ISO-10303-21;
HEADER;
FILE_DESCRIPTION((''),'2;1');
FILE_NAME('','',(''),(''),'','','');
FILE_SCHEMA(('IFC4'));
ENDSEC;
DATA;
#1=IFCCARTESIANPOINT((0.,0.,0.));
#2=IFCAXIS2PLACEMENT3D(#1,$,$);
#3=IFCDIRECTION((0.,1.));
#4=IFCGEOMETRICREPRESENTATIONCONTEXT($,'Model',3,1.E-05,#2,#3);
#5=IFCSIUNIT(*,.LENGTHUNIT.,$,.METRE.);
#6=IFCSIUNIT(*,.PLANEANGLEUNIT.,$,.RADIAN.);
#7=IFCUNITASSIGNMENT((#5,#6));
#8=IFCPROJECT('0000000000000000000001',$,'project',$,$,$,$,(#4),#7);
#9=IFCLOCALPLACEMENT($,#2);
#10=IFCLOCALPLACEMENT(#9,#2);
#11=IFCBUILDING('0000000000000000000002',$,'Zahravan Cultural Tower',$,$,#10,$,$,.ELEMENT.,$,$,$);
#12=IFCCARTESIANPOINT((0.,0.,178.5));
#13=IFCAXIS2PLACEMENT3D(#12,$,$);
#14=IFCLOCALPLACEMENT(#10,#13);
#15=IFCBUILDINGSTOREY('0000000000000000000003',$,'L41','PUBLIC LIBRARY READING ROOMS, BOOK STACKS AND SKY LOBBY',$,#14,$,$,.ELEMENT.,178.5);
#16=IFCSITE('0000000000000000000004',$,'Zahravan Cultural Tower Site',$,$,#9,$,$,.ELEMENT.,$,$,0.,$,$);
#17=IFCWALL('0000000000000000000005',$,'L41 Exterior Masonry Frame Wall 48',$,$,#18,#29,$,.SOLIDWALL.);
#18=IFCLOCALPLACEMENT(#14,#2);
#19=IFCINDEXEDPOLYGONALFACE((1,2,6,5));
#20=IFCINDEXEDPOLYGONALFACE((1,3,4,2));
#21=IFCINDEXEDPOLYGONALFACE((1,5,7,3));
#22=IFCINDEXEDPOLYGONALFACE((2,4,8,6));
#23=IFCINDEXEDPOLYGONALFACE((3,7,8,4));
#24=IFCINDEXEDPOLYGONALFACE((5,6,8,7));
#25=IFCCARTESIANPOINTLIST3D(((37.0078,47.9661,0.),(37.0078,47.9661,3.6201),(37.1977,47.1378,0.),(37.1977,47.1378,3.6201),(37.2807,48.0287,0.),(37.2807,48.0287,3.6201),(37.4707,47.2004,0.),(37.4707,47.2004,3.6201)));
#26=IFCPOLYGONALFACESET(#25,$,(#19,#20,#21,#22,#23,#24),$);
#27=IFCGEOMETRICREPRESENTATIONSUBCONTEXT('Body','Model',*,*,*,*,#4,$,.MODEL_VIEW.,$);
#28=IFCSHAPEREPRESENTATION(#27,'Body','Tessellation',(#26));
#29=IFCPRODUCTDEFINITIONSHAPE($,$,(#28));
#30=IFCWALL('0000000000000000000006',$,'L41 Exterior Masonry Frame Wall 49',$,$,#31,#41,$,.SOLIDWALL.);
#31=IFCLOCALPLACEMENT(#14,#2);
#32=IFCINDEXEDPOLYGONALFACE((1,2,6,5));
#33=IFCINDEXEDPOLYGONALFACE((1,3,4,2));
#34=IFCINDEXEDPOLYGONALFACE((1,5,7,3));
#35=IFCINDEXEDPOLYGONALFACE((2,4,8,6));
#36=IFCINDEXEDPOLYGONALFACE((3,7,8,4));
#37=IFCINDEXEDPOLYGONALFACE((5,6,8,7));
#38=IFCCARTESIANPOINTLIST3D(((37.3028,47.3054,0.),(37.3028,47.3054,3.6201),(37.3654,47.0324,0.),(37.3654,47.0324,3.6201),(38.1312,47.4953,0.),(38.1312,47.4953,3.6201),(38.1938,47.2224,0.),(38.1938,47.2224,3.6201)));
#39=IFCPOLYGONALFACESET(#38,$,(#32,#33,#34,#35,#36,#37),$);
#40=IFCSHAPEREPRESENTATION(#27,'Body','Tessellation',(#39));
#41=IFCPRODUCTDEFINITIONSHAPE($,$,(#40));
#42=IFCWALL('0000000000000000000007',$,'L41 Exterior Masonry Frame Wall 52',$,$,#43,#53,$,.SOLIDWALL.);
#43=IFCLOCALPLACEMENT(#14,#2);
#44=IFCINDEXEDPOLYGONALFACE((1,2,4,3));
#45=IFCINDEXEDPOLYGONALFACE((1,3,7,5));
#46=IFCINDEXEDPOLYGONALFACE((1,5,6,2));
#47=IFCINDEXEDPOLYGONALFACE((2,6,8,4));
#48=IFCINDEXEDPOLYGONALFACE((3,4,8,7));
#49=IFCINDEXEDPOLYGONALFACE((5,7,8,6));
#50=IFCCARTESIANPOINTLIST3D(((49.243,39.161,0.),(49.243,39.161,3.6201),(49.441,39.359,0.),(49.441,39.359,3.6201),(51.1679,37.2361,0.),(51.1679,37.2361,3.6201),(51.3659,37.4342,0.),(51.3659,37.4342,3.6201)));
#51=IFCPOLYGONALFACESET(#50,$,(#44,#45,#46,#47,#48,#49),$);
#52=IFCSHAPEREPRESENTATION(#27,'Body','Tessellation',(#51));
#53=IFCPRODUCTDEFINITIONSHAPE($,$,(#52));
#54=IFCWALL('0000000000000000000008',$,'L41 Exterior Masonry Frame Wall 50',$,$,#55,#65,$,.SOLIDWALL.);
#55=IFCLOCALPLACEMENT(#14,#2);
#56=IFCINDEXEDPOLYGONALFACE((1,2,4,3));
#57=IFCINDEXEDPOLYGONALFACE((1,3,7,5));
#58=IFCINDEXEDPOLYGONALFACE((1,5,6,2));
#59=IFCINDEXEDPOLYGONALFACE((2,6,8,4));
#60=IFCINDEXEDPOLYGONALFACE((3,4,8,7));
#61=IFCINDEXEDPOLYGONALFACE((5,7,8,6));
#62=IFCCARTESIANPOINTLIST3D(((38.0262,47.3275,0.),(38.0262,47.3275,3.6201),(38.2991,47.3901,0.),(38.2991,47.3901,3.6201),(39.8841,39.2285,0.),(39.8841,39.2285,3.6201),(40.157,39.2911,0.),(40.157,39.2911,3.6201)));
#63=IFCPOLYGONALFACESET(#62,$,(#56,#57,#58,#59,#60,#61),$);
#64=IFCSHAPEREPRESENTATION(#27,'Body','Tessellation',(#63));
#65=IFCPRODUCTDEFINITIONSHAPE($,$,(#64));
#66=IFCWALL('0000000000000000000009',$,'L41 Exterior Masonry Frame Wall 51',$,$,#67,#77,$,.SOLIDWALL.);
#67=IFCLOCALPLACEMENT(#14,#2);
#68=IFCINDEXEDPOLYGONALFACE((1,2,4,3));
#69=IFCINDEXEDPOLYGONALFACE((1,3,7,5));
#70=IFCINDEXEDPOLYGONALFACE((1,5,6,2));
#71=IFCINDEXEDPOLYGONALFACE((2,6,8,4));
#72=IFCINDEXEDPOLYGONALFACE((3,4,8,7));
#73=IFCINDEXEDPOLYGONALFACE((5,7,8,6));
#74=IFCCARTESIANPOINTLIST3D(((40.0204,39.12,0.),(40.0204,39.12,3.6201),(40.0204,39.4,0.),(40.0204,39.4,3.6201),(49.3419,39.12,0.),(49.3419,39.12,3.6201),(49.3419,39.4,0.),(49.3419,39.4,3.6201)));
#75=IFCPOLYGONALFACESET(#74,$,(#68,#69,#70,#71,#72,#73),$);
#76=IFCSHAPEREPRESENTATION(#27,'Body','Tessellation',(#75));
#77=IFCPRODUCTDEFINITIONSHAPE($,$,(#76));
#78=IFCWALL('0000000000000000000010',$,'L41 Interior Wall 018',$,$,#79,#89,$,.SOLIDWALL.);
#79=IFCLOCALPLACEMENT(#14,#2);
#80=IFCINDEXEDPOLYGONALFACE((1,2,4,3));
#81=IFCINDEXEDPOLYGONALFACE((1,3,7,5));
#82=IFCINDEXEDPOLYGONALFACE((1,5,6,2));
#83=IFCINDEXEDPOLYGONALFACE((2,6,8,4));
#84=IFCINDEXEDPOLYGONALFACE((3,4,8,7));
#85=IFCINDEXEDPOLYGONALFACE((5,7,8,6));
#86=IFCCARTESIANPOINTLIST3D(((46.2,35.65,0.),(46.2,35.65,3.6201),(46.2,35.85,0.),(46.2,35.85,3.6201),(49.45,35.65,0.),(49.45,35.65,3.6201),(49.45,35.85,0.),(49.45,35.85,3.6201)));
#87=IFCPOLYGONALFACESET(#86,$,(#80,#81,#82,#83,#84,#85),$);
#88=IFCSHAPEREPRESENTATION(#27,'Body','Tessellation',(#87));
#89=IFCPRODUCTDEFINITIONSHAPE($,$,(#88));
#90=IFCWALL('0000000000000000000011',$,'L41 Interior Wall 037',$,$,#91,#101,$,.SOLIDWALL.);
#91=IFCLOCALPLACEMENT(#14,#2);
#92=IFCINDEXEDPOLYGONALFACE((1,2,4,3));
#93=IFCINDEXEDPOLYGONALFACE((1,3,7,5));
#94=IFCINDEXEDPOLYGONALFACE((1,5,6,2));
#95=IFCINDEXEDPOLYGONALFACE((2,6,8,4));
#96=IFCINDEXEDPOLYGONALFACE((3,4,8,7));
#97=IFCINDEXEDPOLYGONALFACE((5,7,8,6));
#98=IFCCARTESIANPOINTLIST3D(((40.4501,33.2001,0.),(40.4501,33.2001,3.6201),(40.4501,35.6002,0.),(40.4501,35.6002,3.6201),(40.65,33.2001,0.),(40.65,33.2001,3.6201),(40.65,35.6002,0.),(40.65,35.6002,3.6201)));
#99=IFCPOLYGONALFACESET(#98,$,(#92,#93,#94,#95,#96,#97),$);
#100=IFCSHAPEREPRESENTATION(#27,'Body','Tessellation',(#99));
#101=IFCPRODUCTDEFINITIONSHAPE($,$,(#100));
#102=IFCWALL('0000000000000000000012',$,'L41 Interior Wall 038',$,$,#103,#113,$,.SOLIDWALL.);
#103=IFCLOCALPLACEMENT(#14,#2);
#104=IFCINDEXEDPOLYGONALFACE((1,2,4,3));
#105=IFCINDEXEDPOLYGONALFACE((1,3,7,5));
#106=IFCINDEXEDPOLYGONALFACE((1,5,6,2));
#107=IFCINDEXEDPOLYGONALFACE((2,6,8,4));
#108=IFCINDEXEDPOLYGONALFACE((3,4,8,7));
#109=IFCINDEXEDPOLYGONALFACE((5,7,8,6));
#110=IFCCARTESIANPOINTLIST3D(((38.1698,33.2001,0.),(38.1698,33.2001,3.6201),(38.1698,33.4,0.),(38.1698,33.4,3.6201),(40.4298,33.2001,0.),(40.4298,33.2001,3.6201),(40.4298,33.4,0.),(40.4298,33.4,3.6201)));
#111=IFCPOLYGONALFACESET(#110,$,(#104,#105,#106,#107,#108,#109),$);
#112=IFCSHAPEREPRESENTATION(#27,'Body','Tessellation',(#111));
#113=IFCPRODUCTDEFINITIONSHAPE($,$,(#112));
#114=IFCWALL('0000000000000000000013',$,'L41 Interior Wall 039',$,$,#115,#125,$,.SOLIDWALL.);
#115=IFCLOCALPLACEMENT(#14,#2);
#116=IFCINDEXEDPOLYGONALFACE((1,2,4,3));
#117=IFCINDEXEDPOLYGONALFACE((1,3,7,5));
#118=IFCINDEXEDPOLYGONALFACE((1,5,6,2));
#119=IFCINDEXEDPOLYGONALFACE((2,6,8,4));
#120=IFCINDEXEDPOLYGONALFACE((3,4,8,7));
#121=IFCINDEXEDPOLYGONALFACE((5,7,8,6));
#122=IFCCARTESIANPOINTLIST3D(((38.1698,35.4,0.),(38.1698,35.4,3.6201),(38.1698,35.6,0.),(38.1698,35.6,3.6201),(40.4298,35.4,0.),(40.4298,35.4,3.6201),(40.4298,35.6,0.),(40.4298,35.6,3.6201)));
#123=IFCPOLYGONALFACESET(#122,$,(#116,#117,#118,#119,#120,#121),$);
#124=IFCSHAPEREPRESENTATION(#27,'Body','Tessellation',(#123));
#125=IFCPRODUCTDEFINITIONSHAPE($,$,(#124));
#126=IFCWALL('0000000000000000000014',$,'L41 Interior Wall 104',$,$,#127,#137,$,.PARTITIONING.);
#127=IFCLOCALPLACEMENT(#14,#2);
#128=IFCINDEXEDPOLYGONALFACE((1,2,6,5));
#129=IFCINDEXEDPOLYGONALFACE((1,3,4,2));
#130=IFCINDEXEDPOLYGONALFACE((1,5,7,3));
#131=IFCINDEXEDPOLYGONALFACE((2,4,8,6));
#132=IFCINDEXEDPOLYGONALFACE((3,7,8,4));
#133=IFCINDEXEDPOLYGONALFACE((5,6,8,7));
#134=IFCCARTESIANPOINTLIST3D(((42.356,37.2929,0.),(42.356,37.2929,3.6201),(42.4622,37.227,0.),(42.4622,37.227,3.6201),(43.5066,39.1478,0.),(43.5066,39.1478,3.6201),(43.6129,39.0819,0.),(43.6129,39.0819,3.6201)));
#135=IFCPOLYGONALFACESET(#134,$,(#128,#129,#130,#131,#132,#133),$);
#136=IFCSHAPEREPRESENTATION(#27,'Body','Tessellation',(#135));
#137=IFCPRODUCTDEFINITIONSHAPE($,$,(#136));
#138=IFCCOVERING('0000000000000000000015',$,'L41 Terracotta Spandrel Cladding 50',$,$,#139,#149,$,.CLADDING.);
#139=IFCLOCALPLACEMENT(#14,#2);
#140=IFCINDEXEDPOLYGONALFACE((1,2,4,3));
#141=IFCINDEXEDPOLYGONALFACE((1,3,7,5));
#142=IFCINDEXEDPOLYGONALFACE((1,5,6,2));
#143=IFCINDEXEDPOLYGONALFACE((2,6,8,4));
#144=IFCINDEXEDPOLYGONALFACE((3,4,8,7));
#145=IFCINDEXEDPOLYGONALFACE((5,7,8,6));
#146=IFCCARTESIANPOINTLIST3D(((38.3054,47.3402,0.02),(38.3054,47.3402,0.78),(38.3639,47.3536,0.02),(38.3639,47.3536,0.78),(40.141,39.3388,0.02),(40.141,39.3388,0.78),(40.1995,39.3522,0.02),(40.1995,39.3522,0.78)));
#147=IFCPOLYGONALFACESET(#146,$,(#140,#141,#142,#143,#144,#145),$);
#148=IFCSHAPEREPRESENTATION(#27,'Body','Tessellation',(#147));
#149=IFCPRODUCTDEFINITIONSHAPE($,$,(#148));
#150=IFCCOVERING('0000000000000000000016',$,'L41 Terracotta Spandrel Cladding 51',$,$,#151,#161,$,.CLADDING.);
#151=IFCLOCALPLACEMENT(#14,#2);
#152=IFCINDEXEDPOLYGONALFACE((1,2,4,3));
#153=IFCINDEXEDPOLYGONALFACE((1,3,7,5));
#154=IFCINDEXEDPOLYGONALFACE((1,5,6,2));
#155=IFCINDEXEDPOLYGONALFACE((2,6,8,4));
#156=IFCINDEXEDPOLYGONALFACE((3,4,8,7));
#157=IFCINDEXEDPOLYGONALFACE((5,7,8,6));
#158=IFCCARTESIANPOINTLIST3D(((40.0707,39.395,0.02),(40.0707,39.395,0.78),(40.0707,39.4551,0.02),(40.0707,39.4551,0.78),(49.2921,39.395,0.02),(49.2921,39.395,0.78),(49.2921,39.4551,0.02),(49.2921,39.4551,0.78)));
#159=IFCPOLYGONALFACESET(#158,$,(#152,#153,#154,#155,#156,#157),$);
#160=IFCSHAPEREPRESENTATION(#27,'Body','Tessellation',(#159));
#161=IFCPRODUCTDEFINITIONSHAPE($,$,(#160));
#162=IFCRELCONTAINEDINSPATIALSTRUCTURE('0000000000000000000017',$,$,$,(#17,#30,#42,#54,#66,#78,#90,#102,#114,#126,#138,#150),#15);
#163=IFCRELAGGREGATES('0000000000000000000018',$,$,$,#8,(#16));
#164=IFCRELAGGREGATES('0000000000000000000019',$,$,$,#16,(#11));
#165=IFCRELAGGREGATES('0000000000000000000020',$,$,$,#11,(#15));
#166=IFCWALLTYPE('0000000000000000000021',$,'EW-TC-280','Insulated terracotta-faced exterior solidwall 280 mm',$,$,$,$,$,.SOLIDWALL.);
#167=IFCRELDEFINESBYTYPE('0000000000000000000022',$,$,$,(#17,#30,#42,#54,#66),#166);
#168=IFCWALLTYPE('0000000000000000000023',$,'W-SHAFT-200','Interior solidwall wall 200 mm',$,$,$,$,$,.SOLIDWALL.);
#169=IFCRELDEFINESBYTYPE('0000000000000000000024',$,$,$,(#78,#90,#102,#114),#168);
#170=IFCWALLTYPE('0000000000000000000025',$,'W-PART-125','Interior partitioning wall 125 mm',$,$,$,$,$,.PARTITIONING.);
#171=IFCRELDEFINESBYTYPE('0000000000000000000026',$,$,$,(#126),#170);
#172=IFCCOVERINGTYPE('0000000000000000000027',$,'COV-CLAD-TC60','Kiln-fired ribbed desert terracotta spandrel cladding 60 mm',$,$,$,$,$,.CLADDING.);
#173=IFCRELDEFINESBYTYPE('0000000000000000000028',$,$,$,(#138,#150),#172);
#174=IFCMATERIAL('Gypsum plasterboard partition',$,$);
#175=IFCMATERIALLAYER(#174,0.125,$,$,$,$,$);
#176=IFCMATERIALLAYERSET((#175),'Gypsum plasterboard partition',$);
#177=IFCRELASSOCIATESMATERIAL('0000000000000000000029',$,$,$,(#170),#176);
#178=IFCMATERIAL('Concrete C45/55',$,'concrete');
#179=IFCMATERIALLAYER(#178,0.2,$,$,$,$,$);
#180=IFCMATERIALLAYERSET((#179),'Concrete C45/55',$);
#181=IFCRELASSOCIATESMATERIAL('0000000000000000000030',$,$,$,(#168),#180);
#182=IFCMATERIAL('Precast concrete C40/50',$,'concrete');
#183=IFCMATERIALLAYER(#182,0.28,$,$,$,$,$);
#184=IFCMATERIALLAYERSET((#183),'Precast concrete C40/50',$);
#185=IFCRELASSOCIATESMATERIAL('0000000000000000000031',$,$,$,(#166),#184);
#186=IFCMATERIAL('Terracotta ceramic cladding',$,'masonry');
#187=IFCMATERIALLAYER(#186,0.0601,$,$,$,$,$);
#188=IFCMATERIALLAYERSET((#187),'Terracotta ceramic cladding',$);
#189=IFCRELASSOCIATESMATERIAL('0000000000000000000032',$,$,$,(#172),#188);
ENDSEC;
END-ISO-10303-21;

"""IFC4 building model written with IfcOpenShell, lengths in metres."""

from ifc_helpers import new_model, si_unit, direction, frame, frame_2d, origin, origin_2d, place, context, subcontext, project, spatial, rectangle, extrude, source, transform, mapped, material, layer, layer_set, type_object, element, save


model = new_model("IFC4")

# Units and contexts
model_context = context("Model", 3, precision=1e-05, world=origin(), true_north=direction((0.0, 1.0)))
body_context = subcontext(model_context, "Body", "Model", "MODEL_VIEW")
ifc_project = project(units=[si_unit("LENGTHUNIT", "METRE"), si_unit("PLANEANGLEUNIT", "RADIAN")], contexts=[model_context])

# Site, building, storey
site_placement = place(None, origin())
site = spatial("IfcSite", under=ifc_project, at=site_placement, Name="Zahravan Cultural Tower Site", CompositionType="ELEMENT", RefElevation=0.0)
building_placement = place(site_placement, origin())
building = spatial("IfcBuilding", under=site, at=building_placement, Name="Zahravan Cultural Tower", CompositionType="ELEMENT")
storey_placement = place(building_placement, frame((0.0, 0.0, 178.5)))
storey = spatial("IfcBuildingStorey", under=building, at=storey_placement, Name="L41", Description="PUBLIC LIBRARY READING ROOMS, BOOK STACKS AND SKY LOBBY", CompositionType="ELEMENT", Elevation=178.5)

# Shared definitions
ifc_material_1 = material(Name="Gypsum plasterboard partition")
ifc_layer_1 = layer(ifc_material_1, 0.125)
ifc_layer_set_1 = layer_set([ifc_layer_1], Name="Gypsum plasterboard partition")
wall_type_1 = type_object("IfcWallType", Name="W-PART-125", Description="Interior partitioning wall 125 mm", PredefinedType="PARTITIONING", material=ifc_layer_set_1)
ifc_material_2 = material(Name="Concrete C45/55", Category="concrete")
ifc_layer_2 = layer(ifc_material_2, 0.2)
ifc_layer_set_2 = layer_set([ifc_layer_2], Name="Concrete C45/55")
wall_type_2 = type_object("IfcWallType", Name="W-SHAFT-200", Description="Interior solidwall wall 200 mm", PredefinedType="SOLIDWALL", material=ifc_layer_set_2)

# Walls
ifc_material_3 = material(Name="Precast concrete C40/50", Category="concrete")
ifc_layer_3 = layer(ifc_material_3, 0.28)
ifc_layer_set_3 = layer_set([ifc_layer_3], Name="Precast concrete C40/50")
wall_type_3 = type_object("IfcWallType", Name="EW-TC-280", Description="Insulated terracotta-faced exterior solidwall 280 mm", PredefinedType="SOLIDWALL", material=ifc_layer_set_3)
shared_shape_1 = source(origin(), body_context, "Body", "SweptSolid", [
    extrude(rectangle(XDim=0.8499, YDim=0.28, at=frame_2d((0.4248, 0.0))), origin(), (0.0, 0.0, 1.0), 3.6201),
])
for number, where, z_axis, x_axis, name in (
    (1, (37.1443, 47.9973, 0.0), (0.0, 0.0, 1.0), (0.223496, -0.974705, 0.0), "L41 Exterior Masonry Frame Wall 48"),
    (2, (37.3342, 47.1689, 0.0), (0.0, 0.0, 1.0), (0.974705, 0.223496, 0.0), "L41 Exterior Masonry Frame Wall 49"),
):
    element("IfcWall", number, at=place(storey_placement, frame(where, z_axis=z_axis, x_axis=x_axis)), inside=storey, type_object=wall_type_3, Name=name, PredefinedType="SOLIDWALL", context=body_context, shape_type="MappedRepresentation", body=[
        mapped(shared_shape_1, transform((0.0, 0.0, 0.0), x_axis=(1.0, 0.0, 0.0), y_axis=(0.0, 1.0, 0.0), z_axis=(0.0, 0.0, 1.0), scale=1.0)),
    ])
shared_shape_2 = source(origin(), body_context, "Body", "SweptSolid", [
    extrude(rectangle(XDim=2.7222, YDim=0.28, at=frame_2d((1.3611, 0.0))), origin(), (0.0, 0.0, 1.0), 3.6201),
])
wall_1_placement = place(storey_placement, frame((49.342, 39.26, 0.0), z_axis=(0.0, 0.0, 1.0), x_axis=(0.707107, -0.707107, 0.0)))
element("IfcWall", 3, at=wall_1_placement, inside=storey, type_object=wall_type_3, Name="L41 Exterior Masonry Frame Wall 52", PredefinedType="SOLIDWALL", context=body_context, shape_type="MappedRepresentation", body=[
    mapped(shared_shape_2, transform((0.0, 0.0, 0.0), x_axis=(1.0, 0.0, 0.0), y_axis=(0.0, 1.0, 0.0), z_axis=(0.0, 0.0, 1.0), scale=1.0)),
])
shared_shape_3 = source(origin(), body_context, "Body", "SweptSolid", [
    extrude(rectangle(XDim=8.3093, YDim=0.28, at=frame_2d((4.1548, 0.0))), origin(), (0.0, 0.0, 1.0), 3.6201),
])
wall_2_placement = place(storey_placement, frame((38.1626, 47.3589, 0.0), z_axis=(0.0, 0.0, 1.0), x_axis=(0.223595, -0.974682, 0.0)))
element("IfcWall", 4, at=wall_2_placement, inside=storey, type_object=wall_type_3, Name="L41 Exterior Masonry Frame Wall 50", PredefinedType="SOLIDWALL", context=body_context, shape_type="MappedRepresentation", body=[
    mapped(shared_shape_3, transform((0.0, 0.0, 0.0), x_axis=(1.0, 0.0, 0.0), y_axis=(0.0, 1.0, 0.0), z_axis=(0.0, 0.0, 1.0), scale=1.0)),
])
shared_shape_4 = source(origin(), body_context, "Body", "SweptSolid", [
    extrude(rectangle(XDim=9.3215, YDim=0.28, at=frame_2d((4.6606, 0.0))), origin(), (0.0, 0.0, 1.0), 3.6201),
])
wall_3_placement = place(storey_placement, frame((40.0205, 39.26, 0.0), z_axis=(0.0, 0.0, 1.0), x_axis=(1.0, 0.0, 0.0)))
element("IfcWall", 5, at=wall_3_placement, inside=storey, type_object=wall_type_3, Name="L41 Exterior Masonry Frame Wall 51", PredefinedType="SOLIDWALL", context=body_context, shape_type="MappedRepresentation", body=[
    mapped(shared_shape_4, transform((0.0, 0.0, 0.0), x_axis=(1.0, 0.0, 0.0), y_axis=(0.0, 1.0, 0.0), z_axis=(0.0, 0.0, 1.0), scale=1.0)),
])
shared_shape_5 = source(origin(), body_context, "Body", "SweptSolid", [
    extrude(rectangle(XDim=3.25, YDim=0.2, at=frame_2d((1.625, 0.0))), origin(), (0.0, 0.0, 1.0), 3.6201),
])
wall_4_placement = place(storey_placement, frame((46.2, 35.75, 0.0), z_axis=(0.0, 0.0, 1.0), x_axis=(1.0, 0.0, 0.0)))
element("IfcWall", 6, at=wall_4_placement, inside=storey, type_object=wall_type_2, Name="L41 Interior Wall 018", PredefinedType="SOLIDWALL", context=body_context, shape_type="MappedRepresentation", body=[
    mapped(shared_shape_5, transform((0.0, 0.0, 0.0), x_axis=(1.0, 0.0, 0.0), y_axis=(0.0, 1.0, 0.0), z_axis=(0.0, 0.0, 1.0), scale=1.0)),
])
shared_shape_6 = source(origin(), body_context, "Body", "SweptSolid", [
    extrude(rectangle(XDim=2.4001, YDim=0.2, at=frame_2d((1.2002, 0.0))), origin(), (0.0, 0.0, 1.0), 3.6201),
])
wall_5_placement = place(storey_placement, frame((40.55, 33.2, 0.0), z_axis=(0.0, 0.0, 1.0), x_axis=(0.0, 1.0, 0.0)))
element("IfcWall", 7, at=wall_5_placement, inside=storey, type_object=wall_type_2, Name="L41 Interior Wall 037", PredefinedType="SOLIDWALL", context=body_context, shape_type="MappedRepresentation", body=[
    mapped(shared_shape_6, transform((0.0, 0.0, 0.0), x_axis=(1.0, 0.0, 0.0), y_axis=(0.0, 1.0, 0.0), z_axis=(0.0, 0.0, 1.0), scale=1.0)),
])
shared_shape_7 = source(origin(), body_context, "Body", "SweptSolid", [
    extrude(rectangle(XDim=2.26, YDim=0.2, at=frame_2d((1.1299, 0.0))), origin(), (0.0, 0.0, 1.0), 3.6201),
])
for number, where, z_axis, x_axis, name in (
    (8, (38.1699, 33.3, 0.0), (0.0, 0.0, 1.0), (1.0, 0.0, 0.0), "L41 Interior Wall 038"),
    (9, (38.1699, 35.5, 0.0), (0.0, 0.0, 1.0), (1.0, 0.0, 0.0), "L41 Interior Wall 039"),
):
    element("IfcWall", number, at=place(storey_placement, frame(where, z_axis=z_axis, x_axis=x_axis)), inside=storey, type_object=wall_type_2, Name=name, PredefinedType="SOLIDWALL", context=body_context, shape_type="MappedRepresentation", body=[
        mapped(shared_shape_7, transform((0.0, 0.0, 0.0), x_axis=(1.0, 0.0, 0.0), y_axis=(0.0, 1.0, 0.0), z_axis=(0.0, 0.0, 1.0), scale=1.0)),
    ])
shared_shape_8 = source(origin(), body_context, "Body", "SweptSolid", [
    extrude(rectangle(XDim=2.1829, YDim=0.125, at=frame_2d((1.0913, 0.0))), origin(), (0.0, 0.0, 1.0), 3.6201),
])
wall_6_placement = place(storey_placement, frame((42.4092, 37.26, 0.0), z_axis=(0.0, 0.0, 1.0), x_axis=(0.527121, 0.84979, 0.0)))
element("IfcWall", 10, at=wall_6_placement, inside=storey, type_object=wall_type_1, Name="L41 Interior Wall 104", PredefinedType="PARTITIONING", context=body_context, shape_type="MappedRepresentation", body=[
    mapped(shared_shape_8, transform((0.0, 0.0, 0.0), x_axis=(1.0, 0.0, 0.0), y_axis=(0.0, 1.0, 0.0), z_axis=(0.0, 0.0, 1.0), scale=1.0)),
])

# Coverings
ifc_material_4 = material(Name="Terracotta ceramic cladding", Category="masonry")
ifc_layer_4 = layer(ifc_material_4, 0.0601)
ifc_layer_set_4 = layer_set([ifc_layer_4], Name="Terracotta ceramic cladding")
covering_type = type_object("IfcCoveringType", Name="COV-CLAD-TC60", Description="Kiln-fired ribbed desert terracotta spandrel cladding 60 mm", PredefinedType="CLADDING", material=ifc_layer_set_4)
shared_shape_9 = source(origin(), body_context, "Body", "SweptSolid", [
    extrude(rectangle(XDim=8.2092, YDim=0.0601, at=origin_2d()), origin(), (0.0, 0.0, 1.0), 0.76),
])
covering_1_placement = place(storey_placement, frame((39.2524, 43.3462, 0.02), z_axis=(0.0, 0.0, 1.0), x_axis=(0.223607, -0.974679, 0.0)))
element("IfcCovering", 11, at=covering_1_placement, inside=storey, type_object=covering_type, Name="L41 Terracotta Spandrel Cladding 50", PredefinedType="CLADDING", context=body_context, shape_type="MappedRepresentation", body=[
    mapped(shared_shape_9, transform((0.0, 0.0, 0.0), x_axis=(1.0, 0.0, 0.0), y_axis=(0.0, 1.0, 0.0), z_axis=(0.0, 0.0, 1.0), scale=1.0)),
])
shared_shape_10 = source(origin(), body_context, "Body", "SweptSolid", [
    extrude(rectangle(XDim=9.2214, YDim=0.0601, at=origin_2d()), origin(), (0.0, 0.0, 1.0), 0.76),
])
covering_2_placement = place(storey_placement, frame((44.6814, 39.425, 0.02), z_axis=(0.0, 0.0, 1.0), x_axis=(1.0, 0.0, 0.0)))
element("IfcCovering", 12, at=covering_2_placement, inside=storey, type_object=covering_type, Name="L41 Terracotta Spandrel Cladding 51", PredefinedType="CLADDING", context=body_context, shape_type="MappedRepresentation", body=[
    mapped(shared_shape_10, transform((0.0, 0.0, 0.0), x_axis=(1.0, 0.0, 0.0), y_axis=(0.0, 1.0, 0.0), z_axis=(0.0, 0.0, 1.0), scale=1.0)),
])

save(model, "model.ifc")
